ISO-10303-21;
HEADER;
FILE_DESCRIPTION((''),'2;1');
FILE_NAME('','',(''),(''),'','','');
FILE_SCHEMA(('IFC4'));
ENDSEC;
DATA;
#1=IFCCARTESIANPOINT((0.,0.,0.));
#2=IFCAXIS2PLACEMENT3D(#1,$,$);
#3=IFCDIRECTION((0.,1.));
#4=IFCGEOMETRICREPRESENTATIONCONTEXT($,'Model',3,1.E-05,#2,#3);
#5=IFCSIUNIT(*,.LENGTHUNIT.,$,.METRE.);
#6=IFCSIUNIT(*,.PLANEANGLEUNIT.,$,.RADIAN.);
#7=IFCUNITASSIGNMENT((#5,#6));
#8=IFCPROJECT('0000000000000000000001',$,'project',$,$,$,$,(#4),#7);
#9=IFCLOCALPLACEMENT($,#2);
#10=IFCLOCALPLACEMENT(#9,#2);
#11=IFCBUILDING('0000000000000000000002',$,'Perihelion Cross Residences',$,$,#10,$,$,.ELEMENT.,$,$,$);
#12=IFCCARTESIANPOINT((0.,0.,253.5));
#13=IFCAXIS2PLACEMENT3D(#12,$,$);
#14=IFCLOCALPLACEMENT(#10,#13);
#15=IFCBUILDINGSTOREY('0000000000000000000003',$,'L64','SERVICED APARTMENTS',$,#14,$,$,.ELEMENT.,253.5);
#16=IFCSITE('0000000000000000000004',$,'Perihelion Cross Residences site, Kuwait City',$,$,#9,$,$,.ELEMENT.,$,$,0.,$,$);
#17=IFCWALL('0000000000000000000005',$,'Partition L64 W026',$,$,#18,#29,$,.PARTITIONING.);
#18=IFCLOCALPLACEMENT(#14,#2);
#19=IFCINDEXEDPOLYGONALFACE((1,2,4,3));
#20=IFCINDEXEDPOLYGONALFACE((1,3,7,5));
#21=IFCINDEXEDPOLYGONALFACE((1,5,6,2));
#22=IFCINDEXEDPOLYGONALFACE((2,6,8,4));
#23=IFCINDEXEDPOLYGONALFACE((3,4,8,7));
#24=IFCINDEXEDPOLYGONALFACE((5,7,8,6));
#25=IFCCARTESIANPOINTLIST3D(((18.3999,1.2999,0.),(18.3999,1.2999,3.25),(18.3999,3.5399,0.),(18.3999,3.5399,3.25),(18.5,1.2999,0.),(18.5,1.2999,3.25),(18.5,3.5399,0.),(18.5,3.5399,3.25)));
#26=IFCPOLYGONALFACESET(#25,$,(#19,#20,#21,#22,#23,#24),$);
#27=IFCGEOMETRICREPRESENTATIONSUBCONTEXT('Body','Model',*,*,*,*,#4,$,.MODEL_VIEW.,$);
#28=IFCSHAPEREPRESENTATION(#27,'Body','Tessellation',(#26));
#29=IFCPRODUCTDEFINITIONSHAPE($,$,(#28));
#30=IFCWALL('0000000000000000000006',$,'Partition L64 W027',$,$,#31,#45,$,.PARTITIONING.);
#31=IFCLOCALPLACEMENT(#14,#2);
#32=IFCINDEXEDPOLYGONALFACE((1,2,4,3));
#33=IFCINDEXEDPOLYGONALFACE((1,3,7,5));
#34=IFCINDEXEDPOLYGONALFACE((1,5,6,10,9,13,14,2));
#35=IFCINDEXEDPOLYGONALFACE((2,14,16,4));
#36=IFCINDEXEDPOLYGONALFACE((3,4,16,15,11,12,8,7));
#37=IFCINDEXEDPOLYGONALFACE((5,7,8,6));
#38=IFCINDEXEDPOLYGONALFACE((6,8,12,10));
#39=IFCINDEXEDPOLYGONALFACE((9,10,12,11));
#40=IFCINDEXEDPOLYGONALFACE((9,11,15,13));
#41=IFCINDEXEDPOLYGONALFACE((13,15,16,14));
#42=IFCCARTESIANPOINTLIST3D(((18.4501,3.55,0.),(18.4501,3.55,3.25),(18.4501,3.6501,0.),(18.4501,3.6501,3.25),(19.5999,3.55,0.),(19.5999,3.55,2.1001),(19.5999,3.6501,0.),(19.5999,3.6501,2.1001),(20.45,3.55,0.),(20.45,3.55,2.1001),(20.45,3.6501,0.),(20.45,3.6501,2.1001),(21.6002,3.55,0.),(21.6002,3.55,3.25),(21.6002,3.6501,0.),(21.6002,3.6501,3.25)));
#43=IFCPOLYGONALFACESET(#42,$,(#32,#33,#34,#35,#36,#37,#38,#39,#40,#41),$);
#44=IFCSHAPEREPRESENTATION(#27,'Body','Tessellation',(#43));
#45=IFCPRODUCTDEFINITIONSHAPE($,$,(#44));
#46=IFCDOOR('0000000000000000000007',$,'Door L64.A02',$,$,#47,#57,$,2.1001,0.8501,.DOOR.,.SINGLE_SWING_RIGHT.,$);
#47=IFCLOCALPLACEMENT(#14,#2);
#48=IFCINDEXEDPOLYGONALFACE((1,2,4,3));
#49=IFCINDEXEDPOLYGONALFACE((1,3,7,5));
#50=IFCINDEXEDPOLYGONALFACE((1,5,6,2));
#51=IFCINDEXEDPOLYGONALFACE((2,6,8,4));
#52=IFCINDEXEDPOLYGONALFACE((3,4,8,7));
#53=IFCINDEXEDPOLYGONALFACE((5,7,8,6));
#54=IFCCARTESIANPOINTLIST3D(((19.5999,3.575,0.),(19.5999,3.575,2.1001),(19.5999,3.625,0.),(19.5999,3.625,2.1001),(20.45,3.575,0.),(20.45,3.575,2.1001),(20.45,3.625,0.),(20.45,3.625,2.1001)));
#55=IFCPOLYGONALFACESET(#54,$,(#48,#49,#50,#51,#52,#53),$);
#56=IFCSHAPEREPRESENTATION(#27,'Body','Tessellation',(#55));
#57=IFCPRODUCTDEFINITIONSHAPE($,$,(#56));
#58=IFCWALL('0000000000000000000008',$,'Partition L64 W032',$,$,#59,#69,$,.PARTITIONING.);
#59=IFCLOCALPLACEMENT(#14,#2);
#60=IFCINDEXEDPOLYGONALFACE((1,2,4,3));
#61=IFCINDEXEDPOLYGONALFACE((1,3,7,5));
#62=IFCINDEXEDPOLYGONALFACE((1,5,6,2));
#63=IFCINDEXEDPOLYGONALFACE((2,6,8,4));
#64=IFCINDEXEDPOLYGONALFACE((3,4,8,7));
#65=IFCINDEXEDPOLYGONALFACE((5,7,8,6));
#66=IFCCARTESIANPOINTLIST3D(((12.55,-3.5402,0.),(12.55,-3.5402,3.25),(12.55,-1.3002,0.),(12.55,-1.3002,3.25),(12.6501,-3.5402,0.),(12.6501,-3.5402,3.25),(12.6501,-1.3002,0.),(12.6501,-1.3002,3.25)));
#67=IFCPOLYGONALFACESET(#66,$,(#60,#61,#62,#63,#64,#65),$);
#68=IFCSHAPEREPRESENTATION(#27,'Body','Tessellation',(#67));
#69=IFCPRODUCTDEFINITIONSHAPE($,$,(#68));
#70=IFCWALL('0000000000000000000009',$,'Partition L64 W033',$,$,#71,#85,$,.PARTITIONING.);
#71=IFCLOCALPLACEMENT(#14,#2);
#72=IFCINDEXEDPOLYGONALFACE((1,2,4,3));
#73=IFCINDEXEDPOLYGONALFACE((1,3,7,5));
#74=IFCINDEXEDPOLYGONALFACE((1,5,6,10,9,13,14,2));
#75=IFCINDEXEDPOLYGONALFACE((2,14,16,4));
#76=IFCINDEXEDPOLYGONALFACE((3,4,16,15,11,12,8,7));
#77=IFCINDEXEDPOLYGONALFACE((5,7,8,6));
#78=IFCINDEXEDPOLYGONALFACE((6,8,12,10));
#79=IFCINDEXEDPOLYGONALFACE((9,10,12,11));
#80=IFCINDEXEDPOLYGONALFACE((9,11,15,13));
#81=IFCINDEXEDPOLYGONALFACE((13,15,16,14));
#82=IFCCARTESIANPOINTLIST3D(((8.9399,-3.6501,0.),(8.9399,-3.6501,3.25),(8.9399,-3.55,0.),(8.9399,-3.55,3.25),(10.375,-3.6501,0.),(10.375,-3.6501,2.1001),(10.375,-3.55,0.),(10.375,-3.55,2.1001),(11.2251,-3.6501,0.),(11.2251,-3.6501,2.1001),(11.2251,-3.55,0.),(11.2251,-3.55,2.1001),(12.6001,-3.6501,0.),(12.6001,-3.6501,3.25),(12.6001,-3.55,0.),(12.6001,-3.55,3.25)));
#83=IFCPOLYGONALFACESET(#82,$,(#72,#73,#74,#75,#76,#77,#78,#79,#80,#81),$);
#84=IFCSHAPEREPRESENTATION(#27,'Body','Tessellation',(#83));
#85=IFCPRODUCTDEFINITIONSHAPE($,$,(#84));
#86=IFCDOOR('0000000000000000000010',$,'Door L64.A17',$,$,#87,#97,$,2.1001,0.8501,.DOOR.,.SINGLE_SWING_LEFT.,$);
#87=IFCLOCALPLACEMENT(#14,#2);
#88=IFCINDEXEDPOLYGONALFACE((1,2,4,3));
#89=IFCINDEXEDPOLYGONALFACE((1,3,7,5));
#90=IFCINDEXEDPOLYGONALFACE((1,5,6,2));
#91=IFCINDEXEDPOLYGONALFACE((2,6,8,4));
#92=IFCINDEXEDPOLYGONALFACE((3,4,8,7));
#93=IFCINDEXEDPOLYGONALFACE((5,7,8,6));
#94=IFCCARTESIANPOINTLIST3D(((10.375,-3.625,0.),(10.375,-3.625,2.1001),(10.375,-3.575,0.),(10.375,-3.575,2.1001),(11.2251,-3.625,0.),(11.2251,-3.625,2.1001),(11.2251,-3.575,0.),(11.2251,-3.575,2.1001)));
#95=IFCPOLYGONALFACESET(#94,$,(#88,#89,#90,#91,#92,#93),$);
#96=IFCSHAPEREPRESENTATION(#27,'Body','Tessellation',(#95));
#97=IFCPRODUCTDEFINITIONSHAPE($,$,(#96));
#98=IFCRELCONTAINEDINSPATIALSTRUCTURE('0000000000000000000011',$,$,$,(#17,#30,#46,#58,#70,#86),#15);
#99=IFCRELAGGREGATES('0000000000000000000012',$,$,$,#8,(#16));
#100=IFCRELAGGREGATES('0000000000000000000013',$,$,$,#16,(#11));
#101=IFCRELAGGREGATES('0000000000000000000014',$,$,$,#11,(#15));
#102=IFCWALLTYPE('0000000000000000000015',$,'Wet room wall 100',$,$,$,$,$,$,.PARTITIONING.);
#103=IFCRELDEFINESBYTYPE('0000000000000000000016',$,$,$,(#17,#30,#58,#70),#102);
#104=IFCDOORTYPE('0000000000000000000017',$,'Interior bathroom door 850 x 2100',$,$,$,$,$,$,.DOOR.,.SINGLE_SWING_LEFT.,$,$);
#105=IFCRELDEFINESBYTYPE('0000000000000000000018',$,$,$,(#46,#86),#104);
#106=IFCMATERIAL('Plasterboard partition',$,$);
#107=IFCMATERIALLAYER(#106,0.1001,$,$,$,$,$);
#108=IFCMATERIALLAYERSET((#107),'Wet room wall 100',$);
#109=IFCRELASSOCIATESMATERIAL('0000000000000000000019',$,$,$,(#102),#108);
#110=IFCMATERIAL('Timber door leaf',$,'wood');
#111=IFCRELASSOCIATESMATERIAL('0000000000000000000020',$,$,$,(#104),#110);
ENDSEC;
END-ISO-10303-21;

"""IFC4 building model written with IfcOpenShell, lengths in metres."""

from ifc_helpers import new_model, si_unit, direction, frame, frame_2d, origin, place, context, subcontext, project, spatial, rectangle, extrude, material, layer, layer_set, type_object, element, fill, save


model = new_model("IFC4")

# Units and contexts
model_context = context("Model", 3, precision=1e-05, world=origin(), true_north=direction((0.0, 1.0)))
body_context = subcontext(model_context, "Body", "Model", "MODEL_VIEW")
ifc_project = project(units=[si_unit("LENGTHUNIT", "METRE"), si_unit("PLANEANGLEUNIT", "RADIAN")], contexts=[model_context])

# Site, building, storey
site_placement = place(None, origin())
site = spatial("IfcSite", under=ifc_project, at=site_placement, Name="Perihelion Cross Residences site, Kuwait City", CompositionType="ELEMENT", RefElevation=0.0)
building_placement = place(site_placement, origin())
building = spatial("IfcBuilding", under=site, at=building_placement, Name="Perihelion Cross Residences", CompositionType="ELEMENT")
storey_placement = place(building_placement, frame((0.0, 0.0, 253.5)))
storey = spatial("IfcBuildingStorey", under=building, at=storey_placement, Name="L64", Description="SERVICED APARTMENTS", CompositionType="ELEMENT", Elevation=253.5)

# Wall
ifc_material_1 = material(Name="Plasterboard partition")
ifc_layer_1 = layer(ifc_material_1, 0.1001)
ifc_layer_set_1 = layer_set([ifc_layer_1], Name="Wet room wall 100")
wall_type_1 = type_object("IfcWallType", Name="Wet room wall 100", PredefinedType="PARTITIONING", material=ifc_layer_set_1)
wall_1_placement = place(storey_placement, frame((18.45, 3.54, 0.0), z_axis=(0.0, 0.0, 1.0), x_axis=(0.0, -1.0, 0.0)))
element("IfcWall", 1, at=wall_1_placement, inside=storey, type_object=wall_type_1, Name="Partition L64 W026", PredefinedType="PARTITIONING", context=body_context, shape_type="SweptSolid", body=[
    extrude(rectangle(XDim=2.24, YDim=0.1001, at=frame_2d((1.1201, 0.0))), origin(), (0.0, 0.0, 1.0), 3.25),
])

# Wall, opening, door
wall_2_placement = place(storey_placement, frame((18.45, 3.6001, 0.0), z_axis=(0.0, 0.0, 1.0), x_axis=(1.0, 0.0, 0.0)))
wall_2 = element("IfcWall", 2, at=wall_2_placement, inside=storey, type_object=wall_type_1, Name="Partition L64 W027", PredefinedType="PARTITIONING", context=body_context, shape_type="SweptSolid", body=[
    extrude(rectangle(XDim=3.1501, YDim=0.1001, at=frame_2d((1.5752, 0.0))), origin(), (0.0, 0.0, 1.0), 3.25),
])
opening_1_placement = place(wall_2_placement, frame((1.1499, 0.0, 0.0)))
opening_1 = element("IfcOpeningElement", 3, at=opening_1_placement, cuts=wall_2, PredefinedType="OPENING", context=body_context, shape_type="SweptSolid", body=[
    extrude(rectangle(XDim=0.8501, YDim=2.1001, at=frame_2d((0.425, 1.05))), frame((0.0, 0.0601, 0.0), z_axis=(0.0, -1.0, 0.0), x_axis=(1.0, 0.0, 0.0)), (0.0, 0.0, 1.0), 0.1201),
])
ifc_material_2 = material(Name="Timber door leaf", Category="wood")
door_type_1 = type_object("IfcDoorType", Name="Interior bathroom door 850 x 2100", OperationType="SINGLE_SWING_LEFT", PredefinedType="DOOR", material=ifc_material_2)
door_1_placement = place(opening_1_placement, origin())
door_1 = element("IfcDoor", 4, at=door_1_placement, inside=storey, type_object=door_type_1, Name="Door L64.A02", OperationType="SINGLE_SWING_RIGHT", OverallHeight=2.1001, OverallWidth=0.8501, PredefinedType="DOOR", context=body_context, shape_type="SweptSolid", body=[
    extrude(rectangle(XDim=0.8501, YDim=2.1001, at=frame_2d((0.425, 1.05))), frame((0.0, 0.0249, 0.0), z_axis=(0.0, -1.0, 0.0), x_axis=(1.0, 0.0, 0.0)), (0.0, 0.0, 1.0), 0.05),
])
fill(opening_1, door_1)

# Wall
wall_3_placement = place(storey_placement, frame((12.6001, -1.3, 0.0), z_axis=(0.0, 0.0, 1.0), x_axis=(0.0, -1.0, 0.0)))
element("IfcWall", 5, at=wall_3_placement, inside=storey, type_object=wall_type_1, Name="Partition L64 W032", PredefinedType="PARTITIONING", context=body_context, shape_type="SweptSolid", body=[
    extrude(rectangle(XDim=2.24, YDim=0.1001, at=frame_2d((1.1201, 0.0))), origin(), (0.0, 0.0, 1.0), 3.25),
])

# Wall, opening, door
wall_4_placement = place(storey_placement, frame((12.6001, -3.6001, 0.0), z_axis=(0.0, 0.0, 1.0), x_axis=(-1.0, 0.0, 0.0)))
wall_4 = element("IfcWall", 6, at=wall_4_placement, inside=storey, type_object=wall_type_1, Name="Partition L64 W033", PredefinedType="PARTITIONING", context=body_context, shape_type="SweptSolid", body=[
    extrude(rectangle(XDim=3.6602, YDim=0.1001, at=frame_2d((1.8301, 0.0))), origin(), (0.0, 0.0, 1.0), 3.25),
])
opening_2_placement = place(wall_4_placement, frame((1.375, 0.0, 0.0)))
opening_2 = element("IfcOpeningElement", 7, at=opening_2_placement, cuts=wall_4, PredefinedType="OPENING", context=body_context, shape_type="SweptSolid", body=[
    extrude(rectangle(XDim=0.8501, YDim=2.1001, at=frame_2d((0.425, 1.05))), frame((0.0, 0.0601, 0.0), z_axis=(0.0, -1.0, 0.0), x_axis=(1.0, 0.0, 0.0)), (0.0, 0.0, 1.0), 0.1201),
])
door_2_placement = place(opening_2_placement, origin())
door_2 = element("IfcDoor", 8, at=door_2_placement, inside=storey, type_object=door_type_1, Name="Door L64.A17", OperationType="SINGLE_SWING_LEFT", OverallHeight=2.1001, OverallWidth=0.8501, PredefinedType="DOOR", context=body_context, shape_type="SweptSolid", body=[
    extrude(rectangle(XDim=0.8501, YDim=2.1001, at=frame_2d((0.425, 1.05))), frame((0.0, 0.0249, 0.0), z_axis=(0.0, -1.0, 0.0), x_axis=(1.0, 0.0, 0.0)), (0.0, 0.0, 1.0), 0.05),
])
fill(opening_2, door_2)

save(model, "model.ifc")
